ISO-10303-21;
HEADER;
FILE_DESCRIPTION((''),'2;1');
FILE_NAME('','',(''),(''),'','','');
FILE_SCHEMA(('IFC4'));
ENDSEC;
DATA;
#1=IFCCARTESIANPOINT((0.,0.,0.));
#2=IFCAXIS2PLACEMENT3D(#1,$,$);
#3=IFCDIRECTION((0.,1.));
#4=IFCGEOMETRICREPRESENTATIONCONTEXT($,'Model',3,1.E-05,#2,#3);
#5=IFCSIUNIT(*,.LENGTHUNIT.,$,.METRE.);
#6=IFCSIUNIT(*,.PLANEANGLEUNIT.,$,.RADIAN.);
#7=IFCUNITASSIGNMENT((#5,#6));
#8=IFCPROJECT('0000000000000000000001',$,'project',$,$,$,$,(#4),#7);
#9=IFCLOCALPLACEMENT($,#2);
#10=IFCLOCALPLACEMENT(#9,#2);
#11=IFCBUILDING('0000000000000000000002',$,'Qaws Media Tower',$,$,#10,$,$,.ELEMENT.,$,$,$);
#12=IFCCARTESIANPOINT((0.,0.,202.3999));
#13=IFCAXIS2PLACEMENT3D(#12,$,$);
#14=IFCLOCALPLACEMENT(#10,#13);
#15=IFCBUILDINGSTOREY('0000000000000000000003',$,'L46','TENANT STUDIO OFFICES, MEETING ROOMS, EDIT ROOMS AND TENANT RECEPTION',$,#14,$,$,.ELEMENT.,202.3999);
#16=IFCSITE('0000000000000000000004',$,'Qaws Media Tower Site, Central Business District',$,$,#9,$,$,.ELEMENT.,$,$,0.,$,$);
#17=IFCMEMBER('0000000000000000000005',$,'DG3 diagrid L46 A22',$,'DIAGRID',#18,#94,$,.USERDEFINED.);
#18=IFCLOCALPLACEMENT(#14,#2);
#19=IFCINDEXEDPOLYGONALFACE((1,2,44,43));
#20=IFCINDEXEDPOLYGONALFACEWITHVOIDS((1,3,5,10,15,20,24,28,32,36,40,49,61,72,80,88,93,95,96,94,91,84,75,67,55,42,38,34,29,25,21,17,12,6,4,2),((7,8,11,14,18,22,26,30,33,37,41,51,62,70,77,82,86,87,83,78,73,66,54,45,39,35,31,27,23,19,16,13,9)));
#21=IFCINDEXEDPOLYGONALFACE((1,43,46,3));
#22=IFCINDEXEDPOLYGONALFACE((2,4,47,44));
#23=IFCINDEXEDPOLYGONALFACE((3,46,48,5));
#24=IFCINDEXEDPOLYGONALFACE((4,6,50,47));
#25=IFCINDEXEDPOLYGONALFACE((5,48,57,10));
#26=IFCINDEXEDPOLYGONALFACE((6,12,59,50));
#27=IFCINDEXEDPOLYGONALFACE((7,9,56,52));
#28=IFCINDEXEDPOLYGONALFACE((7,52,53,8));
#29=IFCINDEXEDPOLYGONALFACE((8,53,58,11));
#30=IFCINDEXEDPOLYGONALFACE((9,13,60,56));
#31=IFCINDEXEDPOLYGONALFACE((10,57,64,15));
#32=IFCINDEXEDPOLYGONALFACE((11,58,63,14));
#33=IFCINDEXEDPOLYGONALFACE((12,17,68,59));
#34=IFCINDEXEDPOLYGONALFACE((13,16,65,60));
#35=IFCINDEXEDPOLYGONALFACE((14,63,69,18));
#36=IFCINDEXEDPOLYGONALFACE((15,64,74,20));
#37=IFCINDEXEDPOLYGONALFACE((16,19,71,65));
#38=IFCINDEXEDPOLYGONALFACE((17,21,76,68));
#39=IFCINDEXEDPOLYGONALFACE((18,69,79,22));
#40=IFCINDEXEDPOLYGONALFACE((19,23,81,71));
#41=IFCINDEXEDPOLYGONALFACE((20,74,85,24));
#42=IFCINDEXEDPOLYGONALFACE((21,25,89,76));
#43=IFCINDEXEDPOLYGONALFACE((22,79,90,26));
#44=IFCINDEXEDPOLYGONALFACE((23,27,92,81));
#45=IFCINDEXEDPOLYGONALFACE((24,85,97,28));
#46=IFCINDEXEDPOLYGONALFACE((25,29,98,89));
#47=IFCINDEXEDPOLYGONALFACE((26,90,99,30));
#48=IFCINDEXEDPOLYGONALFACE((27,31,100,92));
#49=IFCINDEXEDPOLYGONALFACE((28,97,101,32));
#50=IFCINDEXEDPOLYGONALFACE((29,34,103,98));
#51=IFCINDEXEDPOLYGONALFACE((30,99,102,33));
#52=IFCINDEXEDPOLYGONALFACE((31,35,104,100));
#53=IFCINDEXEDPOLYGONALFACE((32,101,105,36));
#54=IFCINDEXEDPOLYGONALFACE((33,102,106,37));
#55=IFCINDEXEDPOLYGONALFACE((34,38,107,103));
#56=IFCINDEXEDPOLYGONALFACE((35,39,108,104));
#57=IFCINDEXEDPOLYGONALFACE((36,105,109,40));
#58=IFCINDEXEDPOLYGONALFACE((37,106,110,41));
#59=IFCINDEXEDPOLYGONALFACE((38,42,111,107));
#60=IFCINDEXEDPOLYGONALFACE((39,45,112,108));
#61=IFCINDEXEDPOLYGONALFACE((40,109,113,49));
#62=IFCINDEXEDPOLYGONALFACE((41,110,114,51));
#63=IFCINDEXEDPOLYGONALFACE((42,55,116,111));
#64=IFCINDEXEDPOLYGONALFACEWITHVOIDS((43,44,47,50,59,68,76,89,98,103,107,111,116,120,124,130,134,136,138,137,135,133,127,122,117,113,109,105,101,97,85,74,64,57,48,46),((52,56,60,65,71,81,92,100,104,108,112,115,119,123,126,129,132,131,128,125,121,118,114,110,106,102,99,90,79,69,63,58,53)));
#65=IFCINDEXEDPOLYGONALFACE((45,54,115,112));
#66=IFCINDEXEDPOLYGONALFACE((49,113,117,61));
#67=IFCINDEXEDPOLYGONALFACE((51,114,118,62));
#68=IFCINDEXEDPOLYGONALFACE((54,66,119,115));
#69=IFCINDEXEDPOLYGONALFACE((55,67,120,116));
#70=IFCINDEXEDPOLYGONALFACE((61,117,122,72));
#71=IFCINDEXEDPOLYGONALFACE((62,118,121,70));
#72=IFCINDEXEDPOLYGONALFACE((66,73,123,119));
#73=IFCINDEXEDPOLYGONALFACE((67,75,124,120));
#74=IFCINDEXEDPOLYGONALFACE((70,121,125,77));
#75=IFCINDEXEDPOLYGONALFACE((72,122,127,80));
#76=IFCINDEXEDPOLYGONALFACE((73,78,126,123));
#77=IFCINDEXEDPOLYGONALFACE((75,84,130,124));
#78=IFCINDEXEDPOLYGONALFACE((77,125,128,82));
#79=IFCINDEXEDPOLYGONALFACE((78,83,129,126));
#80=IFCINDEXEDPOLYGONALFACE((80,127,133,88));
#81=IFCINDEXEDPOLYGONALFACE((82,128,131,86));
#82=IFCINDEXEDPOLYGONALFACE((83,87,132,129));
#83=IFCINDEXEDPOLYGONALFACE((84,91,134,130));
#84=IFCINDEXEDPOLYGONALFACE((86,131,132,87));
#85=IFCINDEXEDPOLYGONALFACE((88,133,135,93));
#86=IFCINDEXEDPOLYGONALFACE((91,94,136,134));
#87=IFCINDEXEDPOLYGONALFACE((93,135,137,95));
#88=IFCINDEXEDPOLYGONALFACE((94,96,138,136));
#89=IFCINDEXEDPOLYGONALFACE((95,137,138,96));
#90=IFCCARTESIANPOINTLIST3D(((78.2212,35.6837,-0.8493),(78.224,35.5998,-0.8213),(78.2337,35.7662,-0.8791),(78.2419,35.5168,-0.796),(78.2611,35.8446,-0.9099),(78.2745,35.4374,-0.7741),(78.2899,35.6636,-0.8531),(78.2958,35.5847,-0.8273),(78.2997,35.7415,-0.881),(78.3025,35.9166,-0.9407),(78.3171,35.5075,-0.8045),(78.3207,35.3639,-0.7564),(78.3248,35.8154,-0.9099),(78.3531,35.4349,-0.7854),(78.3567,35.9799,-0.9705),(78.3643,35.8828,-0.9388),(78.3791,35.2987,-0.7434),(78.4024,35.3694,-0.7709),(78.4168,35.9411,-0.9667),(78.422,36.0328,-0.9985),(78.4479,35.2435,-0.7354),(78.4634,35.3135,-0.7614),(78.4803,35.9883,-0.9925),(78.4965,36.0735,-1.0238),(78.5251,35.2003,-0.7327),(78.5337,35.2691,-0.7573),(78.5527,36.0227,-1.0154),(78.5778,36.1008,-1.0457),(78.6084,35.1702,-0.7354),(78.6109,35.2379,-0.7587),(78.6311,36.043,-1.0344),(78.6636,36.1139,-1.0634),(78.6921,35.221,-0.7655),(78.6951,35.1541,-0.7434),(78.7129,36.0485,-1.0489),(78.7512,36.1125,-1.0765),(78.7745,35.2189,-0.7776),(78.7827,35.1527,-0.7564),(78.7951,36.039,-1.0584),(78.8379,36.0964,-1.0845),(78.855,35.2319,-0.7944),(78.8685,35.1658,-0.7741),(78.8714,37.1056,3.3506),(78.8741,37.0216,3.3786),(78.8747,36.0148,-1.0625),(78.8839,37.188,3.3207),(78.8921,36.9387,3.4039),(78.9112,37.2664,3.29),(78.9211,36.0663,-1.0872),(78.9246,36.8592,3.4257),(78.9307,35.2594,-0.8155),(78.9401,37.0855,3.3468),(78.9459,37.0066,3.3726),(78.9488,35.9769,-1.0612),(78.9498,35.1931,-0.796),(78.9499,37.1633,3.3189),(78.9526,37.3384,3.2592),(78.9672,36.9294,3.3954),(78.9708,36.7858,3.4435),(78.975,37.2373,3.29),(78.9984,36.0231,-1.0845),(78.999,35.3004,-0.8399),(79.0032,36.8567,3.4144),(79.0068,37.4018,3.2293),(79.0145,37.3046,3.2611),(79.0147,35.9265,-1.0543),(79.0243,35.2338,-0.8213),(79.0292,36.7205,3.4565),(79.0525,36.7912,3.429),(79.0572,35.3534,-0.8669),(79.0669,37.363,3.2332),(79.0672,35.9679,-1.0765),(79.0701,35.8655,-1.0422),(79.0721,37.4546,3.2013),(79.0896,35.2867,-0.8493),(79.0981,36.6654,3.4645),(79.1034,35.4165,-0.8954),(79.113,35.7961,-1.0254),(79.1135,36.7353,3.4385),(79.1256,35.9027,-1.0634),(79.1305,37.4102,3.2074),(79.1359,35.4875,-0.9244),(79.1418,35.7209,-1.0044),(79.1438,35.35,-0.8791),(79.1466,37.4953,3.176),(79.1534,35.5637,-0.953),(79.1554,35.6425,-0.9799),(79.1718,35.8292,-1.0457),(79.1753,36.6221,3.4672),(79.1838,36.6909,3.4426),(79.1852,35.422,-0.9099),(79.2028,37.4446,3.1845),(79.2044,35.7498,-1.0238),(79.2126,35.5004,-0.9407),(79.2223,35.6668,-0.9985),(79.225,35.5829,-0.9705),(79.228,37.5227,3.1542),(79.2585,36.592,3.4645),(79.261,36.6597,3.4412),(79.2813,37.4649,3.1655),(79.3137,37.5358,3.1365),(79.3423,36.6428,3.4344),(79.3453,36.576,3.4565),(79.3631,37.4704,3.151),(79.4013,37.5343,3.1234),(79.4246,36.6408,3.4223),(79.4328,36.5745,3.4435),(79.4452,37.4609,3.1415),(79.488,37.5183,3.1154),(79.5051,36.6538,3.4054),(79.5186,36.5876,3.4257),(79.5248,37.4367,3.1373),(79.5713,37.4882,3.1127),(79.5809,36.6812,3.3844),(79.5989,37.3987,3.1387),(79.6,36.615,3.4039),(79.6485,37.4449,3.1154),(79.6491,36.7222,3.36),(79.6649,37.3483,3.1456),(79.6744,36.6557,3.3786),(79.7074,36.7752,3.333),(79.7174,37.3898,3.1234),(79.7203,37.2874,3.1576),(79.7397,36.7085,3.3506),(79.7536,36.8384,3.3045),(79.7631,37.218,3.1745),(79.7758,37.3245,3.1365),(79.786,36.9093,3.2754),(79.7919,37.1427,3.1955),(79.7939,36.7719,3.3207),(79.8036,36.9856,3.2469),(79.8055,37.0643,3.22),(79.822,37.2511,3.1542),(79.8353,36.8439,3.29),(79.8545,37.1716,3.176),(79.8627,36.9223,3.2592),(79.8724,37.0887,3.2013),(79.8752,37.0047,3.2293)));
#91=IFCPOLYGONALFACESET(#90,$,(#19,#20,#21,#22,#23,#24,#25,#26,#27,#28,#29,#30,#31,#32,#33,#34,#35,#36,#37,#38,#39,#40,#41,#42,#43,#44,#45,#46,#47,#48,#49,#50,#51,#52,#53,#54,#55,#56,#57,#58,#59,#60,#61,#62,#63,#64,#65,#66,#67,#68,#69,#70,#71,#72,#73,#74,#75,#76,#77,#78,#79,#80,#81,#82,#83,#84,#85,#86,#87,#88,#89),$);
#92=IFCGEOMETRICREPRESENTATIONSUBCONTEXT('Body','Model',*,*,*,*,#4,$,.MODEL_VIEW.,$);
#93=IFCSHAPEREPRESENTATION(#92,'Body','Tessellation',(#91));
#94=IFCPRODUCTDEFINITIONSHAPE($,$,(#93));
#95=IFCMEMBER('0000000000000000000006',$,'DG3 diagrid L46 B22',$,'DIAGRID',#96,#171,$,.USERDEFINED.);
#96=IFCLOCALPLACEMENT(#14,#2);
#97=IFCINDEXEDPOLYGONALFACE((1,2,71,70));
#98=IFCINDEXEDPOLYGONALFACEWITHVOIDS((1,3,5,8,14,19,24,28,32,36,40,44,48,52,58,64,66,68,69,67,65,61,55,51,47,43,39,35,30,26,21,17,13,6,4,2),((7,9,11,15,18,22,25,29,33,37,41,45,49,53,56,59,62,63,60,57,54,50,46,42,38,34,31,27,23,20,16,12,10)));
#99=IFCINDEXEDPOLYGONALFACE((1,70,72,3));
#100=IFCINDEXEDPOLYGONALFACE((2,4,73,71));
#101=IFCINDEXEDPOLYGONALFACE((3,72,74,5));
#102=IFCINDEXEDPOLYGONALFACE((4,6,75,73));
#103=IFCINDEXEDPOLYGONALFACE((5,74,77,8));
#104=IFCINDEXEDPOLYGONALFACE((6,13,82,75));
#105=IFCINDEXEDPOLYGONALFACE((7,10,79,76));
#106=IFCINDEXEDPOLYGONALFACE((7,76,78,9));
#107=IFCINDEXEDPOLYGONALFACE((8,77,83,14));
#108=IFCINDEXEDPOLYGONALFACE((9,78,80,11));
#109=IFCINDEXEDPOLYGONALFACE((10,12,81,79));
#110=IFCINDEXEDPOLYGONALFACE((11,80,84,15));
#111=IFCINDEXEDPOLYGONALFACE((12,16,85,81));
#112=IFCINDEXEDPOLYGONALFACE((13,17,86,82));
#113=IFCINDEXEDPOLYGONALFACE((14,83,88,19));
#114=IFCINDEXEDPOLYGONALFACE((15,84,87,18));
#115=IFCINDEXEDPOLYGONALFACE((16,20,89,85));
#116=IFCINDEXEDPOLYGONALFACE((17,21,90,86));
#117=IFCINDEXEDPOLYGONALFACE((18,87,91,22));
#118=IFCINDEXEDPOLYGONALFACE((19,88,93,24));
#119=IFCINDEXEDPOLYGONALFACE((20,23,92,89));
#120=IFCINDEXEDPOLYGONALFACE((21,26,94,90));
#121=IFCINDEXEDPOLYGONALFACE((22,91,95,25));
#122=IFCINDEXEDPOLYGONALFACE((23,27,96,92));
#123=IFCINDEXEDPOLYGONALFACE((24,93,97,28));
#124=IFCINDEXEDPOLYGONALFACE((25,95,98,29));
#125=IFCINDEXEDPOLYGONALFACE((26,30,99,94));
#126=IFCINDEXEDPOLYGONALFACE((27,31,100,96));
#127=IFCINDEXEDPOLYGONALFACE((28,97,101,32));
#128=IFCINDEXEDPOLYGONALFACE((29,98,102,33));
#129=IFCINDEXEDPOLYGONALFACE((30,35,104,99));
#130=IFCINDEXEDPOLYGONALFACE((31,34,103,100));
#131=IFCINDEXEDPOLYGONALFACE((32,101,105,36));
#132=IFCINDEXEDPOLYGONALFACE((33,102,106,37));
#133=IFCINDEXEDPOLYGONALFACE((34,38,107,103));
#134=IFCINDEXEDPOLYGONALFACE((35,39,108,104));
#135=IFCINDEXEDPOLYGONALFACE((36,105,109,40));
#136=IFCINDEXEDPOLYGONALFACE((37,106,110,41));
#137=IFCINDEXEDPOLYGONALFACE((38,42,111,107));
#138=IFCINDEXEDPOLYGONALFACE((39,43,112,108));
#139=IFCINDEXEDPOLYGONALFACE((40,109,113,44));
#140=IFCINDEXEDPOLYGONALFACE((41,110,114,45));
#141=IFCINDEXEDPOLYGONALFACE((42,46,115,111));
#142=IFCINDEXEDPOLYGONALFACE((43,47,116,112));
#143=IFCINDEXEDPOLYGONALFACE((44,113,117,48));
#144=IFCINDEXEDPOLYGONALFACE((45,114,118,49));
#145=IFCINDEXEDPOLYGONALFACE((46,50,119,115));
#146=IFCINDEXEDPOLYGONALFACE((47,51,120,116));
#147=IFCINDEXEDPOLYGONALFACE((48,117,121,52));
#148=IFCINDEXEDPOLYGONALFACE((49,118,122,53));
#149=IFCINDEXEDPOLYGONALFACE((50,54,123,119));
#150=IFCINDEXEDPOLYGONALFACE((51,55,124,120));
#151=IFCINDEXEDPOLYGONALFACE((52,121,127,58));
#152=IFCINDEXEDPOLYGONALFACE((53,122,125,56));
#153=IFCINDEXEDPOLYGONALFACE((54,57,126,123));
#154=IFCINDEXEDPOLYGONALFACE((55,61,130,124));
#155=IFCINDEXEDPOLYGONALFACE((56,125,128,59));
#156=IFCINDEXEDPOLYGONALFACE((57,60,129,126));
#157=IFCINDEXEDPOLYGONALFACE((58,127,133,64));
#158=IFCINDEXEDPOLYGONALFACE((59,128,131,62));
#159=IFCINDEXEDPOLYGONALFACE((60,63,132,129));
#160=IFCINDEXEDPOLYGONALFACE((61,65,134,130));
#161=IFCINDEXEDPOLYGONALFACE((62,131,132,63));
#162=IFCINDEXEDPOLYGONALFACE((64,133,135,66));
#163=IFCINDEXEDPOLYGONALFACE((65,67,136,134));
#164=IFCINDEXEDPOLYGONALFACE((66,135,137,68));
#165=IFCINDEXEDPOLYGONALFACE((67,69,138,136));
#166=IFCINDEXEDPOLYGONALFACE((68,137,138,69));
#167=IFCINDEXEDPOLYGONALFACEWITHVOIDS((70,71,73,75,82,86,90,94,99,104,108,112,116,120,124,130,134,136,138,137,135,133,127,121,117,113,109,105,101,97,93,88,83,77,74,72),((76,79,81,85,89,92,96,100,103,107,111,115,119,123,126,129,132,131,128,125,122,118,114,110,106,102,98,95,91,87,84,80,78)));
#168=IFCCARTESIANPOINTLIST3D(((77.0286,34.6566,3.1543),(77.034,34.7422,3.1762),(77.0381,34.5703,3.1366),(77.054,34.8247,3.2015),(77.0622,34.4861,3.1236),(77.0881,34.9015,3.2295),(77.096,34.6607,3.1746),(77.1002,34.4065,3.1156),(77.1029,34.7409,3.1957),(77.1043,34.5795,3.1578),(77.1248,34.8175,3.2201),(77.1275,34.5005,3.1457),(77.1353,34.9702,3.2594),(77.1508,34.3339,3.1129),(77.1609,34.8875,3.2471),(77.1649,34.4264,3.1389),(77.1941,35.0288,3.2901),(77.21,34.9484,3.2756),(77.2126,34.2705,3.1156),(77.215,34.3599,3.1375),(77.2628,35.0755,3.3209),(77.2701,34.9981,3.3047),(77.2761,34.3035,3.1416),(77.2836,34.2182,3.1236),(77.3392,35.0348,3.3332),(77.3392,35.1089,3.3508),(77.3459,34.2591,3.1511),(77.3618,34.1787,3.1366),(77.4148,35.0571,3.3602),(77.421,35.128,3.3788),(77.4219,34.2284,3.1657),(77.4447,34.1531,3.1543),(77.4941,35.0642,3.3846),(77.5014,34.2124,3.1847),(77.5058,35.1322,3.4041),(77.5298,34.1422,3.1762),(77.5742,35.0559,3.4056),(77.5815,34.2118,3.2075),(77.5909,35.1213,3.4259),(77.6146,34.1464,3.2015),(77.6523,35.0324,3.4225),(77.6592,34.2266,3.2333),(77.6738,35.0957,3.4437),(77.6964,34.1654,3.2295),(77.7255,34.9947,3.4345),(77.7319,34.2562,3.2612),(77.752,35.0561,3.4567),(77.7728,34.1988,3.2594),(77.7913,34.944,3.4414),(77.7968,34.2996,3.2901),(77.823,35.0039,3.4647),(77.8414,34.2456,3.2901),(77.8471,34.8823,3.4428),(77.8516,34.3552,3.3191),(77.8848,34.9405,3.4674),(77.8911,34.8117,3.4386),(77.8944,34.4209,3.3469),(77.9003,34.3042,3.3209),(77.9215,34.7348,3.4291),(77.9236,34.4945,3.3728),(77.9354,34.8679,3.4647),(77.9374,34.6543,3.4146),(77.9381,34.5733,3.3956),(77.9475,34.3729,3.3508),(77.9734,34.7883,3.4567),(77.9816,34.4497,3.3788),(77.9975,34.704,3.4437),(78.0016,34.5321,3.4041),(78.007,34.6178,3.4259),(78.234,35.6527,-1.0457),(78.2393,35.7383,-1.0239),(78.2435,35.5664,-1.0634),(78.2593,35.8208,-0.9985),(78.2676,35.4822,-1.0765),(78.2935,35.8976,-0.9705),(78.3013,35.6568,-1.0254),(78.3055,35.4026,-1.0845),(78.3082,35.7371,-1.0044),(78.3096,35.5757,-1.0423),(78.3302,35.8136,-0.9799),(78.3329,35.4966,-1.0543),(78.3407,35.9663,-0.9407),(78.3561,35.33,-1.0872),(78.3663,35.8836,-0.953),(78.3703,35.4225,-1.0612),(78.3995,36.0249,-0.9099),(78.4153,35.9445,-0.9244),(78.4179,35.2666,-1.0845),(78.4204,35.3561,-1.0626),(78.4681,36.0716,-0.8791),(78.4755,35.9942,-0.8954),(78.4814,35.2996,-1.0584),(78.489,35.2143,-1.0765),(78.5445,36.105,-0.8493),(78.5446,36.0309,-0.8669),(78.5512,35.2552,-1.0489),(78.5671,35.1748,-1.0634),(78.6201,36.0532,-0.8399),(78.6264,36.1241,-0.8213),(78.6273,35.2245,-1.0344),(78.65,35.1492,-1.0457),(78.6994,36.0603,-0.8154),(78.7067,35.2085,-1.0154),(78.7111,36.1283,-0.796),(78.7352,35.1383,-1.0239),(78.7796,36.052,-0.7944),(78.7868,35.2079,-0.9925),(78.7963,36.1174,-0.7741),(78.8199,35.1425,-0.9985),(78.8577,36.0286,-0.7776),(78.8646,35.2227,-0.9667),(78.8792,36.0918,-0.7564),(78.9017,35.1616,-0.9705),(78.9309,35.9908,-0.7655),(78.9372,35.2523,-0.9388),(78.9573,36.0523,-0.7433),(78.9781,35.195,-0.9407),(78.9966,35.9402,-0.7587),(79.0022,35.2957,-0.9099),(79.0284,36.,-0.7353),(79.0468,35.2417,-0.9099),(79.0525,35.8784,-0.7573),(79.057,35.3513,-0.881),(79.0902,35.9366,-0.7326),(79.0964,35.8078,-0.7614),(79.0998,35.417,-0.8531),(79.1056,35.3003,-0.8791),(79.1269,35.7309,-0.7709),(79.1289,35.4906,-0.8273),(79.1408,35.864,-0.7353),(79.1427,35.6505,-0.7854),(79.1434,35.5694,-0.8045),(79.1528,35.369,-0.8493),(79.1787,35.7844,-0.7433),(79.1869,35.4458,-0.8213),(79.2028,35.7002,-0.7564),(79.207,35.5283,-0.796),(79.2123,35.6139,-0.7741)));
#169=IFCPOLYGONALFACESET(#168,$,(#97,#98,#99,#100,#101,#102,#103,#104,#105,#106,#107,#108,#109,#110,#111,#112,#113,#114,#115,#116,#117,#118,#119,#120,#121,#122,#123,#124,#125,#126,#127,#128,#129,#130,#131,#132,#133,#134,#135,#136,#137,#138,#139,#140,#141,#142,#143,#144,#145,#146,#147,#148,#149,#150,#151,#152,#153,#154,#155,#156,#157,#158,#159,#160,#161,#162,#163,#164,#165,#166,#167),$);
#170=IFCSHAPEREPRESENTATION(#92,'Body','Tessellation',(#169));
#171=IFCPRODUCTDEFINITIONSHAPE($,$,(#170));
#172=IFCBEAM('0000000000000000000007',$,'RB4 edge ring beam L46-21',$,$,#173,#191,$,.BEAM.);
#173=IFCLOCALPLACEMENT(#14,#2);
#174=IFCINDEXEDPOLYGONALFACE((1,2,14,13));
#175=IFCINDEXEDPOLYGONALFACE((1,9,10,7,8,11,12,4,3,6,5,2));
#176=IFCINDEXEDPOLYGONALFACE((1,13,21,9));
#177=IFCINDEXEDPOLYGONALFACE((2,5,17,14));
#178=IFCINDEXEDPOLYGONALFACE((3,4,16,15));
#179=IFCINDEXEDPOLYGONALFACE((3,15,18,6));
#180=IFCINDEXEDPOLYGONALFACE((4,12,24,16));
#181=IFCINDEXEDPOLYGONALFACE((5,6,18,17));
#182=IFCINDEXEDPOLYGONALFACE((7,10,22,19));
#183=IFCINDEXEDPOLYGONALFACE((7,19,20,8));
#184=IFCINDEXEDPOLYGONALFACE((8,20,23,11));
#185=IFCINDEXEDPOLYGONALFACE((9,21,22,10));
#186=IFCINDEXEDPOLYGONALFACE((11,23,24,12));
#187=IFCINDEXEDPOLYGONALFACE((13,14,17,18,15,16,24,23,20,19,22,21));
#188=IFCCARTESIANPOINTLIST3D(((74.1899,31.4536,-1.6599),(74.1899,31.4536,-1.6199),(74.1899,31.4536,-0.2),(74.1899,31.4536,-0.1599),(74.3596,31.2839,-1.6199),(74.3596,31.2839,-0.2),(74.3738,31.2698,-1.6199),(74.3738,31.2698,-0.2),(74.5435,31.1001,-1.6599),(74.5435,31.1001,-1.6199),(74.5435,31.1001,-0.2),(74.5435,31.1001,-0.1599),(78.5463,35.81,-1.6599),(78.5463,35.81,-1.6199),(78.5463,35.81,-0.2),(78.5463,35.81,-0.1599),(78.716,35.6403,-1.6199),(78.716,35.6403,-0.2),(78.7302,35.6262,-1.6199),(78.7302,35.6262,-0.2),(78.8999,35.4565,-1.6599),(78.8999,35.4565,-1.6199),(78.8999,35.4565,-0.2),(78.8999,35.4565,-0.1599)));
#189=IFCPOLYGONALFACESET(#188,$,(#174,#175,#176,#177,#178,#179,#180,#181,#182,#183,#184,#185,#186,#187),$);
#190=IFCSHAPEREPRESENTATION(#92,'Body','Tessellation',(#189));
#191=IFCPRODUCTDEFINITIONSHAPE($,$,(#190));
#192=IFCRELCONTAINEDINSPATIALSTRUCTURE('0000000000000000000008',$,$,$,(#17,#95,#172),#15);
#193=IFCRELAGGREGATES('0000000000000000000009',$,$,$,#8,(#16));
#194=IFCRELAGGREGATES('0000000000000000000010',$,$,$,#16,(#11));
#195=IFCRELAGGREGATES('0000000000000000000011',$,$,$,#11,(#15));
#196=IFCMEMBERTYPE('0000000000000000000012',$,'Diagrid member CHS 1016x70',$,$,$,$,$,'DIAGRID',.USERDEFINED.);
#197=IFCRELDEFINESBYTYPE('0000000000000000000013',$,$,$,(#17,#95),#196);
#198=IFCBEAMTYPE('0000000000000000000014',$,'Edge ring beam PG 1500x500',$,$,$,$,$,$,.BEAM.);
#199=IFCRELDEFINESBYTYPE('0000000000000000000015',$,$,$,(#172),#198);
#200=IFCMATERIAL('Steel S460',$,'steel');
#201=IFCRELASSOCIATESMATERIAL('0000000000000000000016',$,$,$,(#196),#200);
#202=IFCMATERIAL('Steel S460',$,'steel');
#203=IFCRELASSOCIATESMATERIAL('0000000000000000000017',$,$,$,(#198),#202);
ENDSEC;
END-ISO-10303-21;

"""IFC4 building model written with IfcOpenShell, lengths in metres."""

from ifc_helpers import new_model, si_unit, direction, frame, origin, origin_2d, place, context, subcontext, project, spatial, hollow_circle, i_section, extrude, material, material_profile, profile_set, type_object, element, save


model = new_model("IFC4")

# Units and contexts
model_context = context("Model", 3, precision=1e-05, world=origin(), true_north=direction((0.0, 1.0)))
body_context = subcontext(model_context, "Body", "Model", "MODEL_VIEW")
ifc_project = project(units=[si_unit("LENGTHUNIT", "METRE"), si_unit("PLANEANGLEUNIT", "RADIAN")], contexts=[model_context])

# Site, building, storey
site_placement = place(None, origin())
site = spatial("IfcSite", under=ifc_project, at=site_placement, Name="Qaws Media Tower Site, Central Business District", CompositionType="ELEMENT", RefElevation=0.0)
building_placement = place(site_placement, origin())
building = spatial("IfcBuilding", under=site, at=building_placement, Name="Qaws Media Tower", CompositionType="ELEMENT")
storey_placement = place(building_placement, frame((0.0, 0.0, 202.3999)))
storey = spatial("IfcBuildingStorey", under=building, at=storey_placement, Name="L46", Description="TENANT STUDIO OFFICES, MEETING ROOMS, EDIT ROOMS AND TENANT RECEPTION", CompositionType="ELEMENT", Elevation=202.3999)

# Members
ifc_material_1 = material(Name="Steel S460", Category="steel")
ifc_material_profile_1 = material_profile(ifc_material_1, hollow_circle(Radius=0.5081, WallThickness=0.0701, at=origin_2d()), Name="CHS 1016x70")
ifc_profile_set_1 = profile_set([ifc_material_profile_1], Name="Steel S460")
member_type_1 = type_object("IfcMemberType", Name="Diagrid member CHS 1016x70", ElementType="DIAGRID", PredefinedType="USERDEFINED", material=ifc_profile_set_1)
for number, where, z_axis, x_axis, name in (
    (1, (78.7231, 35.6333, -0.9099), (0.145073, 0.317275, 0.937171), (-0.909439, 0.415837, 0.0), "DG3 diagrid L46 A22"),
):
    element("IfcMember", number, at=place(storey_placement, frame(where, z_axis=z_axis, x_axis=x_axis)), inside=storey, type_object=member_type_1, Name=name, ObjectType="DIAGRID", PredefinedType="USERDEFINED", context=body_context, shape_type="SweptSolid", body=[
        extrude(hollow_circle(Radius=0.5081, WallThickness=0.0701, at=origin_2d()), origin(), (0.0, 0.0, 1.0), 4.4814),
    ])
member_1_placement = place(storey_placement, frame((78.7231, 35.6333, -0.9099), z_axis=(-0.26895, -0.222264, 0.937158), x_axis=(0.637031, -0.770838, 0.0)))
element("IfcMember", 2, at=member_1_placement, inside=storey, type_object=member_type_1, Name="DG3 diagrid L46 B22", ObjectType="DIAGRID", PredefinedType="USERDEFINED", context=body_context, shape_type="SweptSolid", body=[
    extrude(hollow_circle(Radius=0.5081, WallThickness=0.0701, at=origin_2d()), origin(), (0.0, 0.0, 1.0), 4.4817),
])

# Beam
ifc_material_2 = material(Name="Steel S460", Category="steel")
ifc_material_profile_2 = material_profile(ifc_material_2, i_section(OverallWidth=0.5, OverallDepth=1.5, WebThickness=0.02, FlangeThickness=0.04, at=origin_2d()), Name="PG 1500x500")
ifc_profile_set_2 = profile_set([ifc_material_profile_2], Name="Steel S460")
beam_type = type_object("IfcBeamType", Name="Edge ring beam PG 1500x500", PredefinedType="BEAM", material=ifc_profile_set_2)
for number, where, z_axis, x_axis, name in (
    (3, (74.3667, 31.2769, -0.9099), (0.707107, 0.707107, 0.0), (-0.707107, 0.707107, 0.0), "RB4 edge ring beam L46-21"),
):
    element("IfcBeam", number, at=place(storey_placement, frame(where, z_axis=z_axis, x_axis=x_axis)), inside=storey, type_object=beam_type, Name=name, PredefinedType="BEAM", context=body_context, shape_type="SweptSolid", body=[
        extrude(i_section(OverallWidth=0.5, OverallDepth=1.5, WebThickness=0.02, FlangeThickness=0.04, at=origin_2d()), origin(), (0.0, 0.0, 1.0), 6.1609),
    ])

save(model, "model.ifc")
